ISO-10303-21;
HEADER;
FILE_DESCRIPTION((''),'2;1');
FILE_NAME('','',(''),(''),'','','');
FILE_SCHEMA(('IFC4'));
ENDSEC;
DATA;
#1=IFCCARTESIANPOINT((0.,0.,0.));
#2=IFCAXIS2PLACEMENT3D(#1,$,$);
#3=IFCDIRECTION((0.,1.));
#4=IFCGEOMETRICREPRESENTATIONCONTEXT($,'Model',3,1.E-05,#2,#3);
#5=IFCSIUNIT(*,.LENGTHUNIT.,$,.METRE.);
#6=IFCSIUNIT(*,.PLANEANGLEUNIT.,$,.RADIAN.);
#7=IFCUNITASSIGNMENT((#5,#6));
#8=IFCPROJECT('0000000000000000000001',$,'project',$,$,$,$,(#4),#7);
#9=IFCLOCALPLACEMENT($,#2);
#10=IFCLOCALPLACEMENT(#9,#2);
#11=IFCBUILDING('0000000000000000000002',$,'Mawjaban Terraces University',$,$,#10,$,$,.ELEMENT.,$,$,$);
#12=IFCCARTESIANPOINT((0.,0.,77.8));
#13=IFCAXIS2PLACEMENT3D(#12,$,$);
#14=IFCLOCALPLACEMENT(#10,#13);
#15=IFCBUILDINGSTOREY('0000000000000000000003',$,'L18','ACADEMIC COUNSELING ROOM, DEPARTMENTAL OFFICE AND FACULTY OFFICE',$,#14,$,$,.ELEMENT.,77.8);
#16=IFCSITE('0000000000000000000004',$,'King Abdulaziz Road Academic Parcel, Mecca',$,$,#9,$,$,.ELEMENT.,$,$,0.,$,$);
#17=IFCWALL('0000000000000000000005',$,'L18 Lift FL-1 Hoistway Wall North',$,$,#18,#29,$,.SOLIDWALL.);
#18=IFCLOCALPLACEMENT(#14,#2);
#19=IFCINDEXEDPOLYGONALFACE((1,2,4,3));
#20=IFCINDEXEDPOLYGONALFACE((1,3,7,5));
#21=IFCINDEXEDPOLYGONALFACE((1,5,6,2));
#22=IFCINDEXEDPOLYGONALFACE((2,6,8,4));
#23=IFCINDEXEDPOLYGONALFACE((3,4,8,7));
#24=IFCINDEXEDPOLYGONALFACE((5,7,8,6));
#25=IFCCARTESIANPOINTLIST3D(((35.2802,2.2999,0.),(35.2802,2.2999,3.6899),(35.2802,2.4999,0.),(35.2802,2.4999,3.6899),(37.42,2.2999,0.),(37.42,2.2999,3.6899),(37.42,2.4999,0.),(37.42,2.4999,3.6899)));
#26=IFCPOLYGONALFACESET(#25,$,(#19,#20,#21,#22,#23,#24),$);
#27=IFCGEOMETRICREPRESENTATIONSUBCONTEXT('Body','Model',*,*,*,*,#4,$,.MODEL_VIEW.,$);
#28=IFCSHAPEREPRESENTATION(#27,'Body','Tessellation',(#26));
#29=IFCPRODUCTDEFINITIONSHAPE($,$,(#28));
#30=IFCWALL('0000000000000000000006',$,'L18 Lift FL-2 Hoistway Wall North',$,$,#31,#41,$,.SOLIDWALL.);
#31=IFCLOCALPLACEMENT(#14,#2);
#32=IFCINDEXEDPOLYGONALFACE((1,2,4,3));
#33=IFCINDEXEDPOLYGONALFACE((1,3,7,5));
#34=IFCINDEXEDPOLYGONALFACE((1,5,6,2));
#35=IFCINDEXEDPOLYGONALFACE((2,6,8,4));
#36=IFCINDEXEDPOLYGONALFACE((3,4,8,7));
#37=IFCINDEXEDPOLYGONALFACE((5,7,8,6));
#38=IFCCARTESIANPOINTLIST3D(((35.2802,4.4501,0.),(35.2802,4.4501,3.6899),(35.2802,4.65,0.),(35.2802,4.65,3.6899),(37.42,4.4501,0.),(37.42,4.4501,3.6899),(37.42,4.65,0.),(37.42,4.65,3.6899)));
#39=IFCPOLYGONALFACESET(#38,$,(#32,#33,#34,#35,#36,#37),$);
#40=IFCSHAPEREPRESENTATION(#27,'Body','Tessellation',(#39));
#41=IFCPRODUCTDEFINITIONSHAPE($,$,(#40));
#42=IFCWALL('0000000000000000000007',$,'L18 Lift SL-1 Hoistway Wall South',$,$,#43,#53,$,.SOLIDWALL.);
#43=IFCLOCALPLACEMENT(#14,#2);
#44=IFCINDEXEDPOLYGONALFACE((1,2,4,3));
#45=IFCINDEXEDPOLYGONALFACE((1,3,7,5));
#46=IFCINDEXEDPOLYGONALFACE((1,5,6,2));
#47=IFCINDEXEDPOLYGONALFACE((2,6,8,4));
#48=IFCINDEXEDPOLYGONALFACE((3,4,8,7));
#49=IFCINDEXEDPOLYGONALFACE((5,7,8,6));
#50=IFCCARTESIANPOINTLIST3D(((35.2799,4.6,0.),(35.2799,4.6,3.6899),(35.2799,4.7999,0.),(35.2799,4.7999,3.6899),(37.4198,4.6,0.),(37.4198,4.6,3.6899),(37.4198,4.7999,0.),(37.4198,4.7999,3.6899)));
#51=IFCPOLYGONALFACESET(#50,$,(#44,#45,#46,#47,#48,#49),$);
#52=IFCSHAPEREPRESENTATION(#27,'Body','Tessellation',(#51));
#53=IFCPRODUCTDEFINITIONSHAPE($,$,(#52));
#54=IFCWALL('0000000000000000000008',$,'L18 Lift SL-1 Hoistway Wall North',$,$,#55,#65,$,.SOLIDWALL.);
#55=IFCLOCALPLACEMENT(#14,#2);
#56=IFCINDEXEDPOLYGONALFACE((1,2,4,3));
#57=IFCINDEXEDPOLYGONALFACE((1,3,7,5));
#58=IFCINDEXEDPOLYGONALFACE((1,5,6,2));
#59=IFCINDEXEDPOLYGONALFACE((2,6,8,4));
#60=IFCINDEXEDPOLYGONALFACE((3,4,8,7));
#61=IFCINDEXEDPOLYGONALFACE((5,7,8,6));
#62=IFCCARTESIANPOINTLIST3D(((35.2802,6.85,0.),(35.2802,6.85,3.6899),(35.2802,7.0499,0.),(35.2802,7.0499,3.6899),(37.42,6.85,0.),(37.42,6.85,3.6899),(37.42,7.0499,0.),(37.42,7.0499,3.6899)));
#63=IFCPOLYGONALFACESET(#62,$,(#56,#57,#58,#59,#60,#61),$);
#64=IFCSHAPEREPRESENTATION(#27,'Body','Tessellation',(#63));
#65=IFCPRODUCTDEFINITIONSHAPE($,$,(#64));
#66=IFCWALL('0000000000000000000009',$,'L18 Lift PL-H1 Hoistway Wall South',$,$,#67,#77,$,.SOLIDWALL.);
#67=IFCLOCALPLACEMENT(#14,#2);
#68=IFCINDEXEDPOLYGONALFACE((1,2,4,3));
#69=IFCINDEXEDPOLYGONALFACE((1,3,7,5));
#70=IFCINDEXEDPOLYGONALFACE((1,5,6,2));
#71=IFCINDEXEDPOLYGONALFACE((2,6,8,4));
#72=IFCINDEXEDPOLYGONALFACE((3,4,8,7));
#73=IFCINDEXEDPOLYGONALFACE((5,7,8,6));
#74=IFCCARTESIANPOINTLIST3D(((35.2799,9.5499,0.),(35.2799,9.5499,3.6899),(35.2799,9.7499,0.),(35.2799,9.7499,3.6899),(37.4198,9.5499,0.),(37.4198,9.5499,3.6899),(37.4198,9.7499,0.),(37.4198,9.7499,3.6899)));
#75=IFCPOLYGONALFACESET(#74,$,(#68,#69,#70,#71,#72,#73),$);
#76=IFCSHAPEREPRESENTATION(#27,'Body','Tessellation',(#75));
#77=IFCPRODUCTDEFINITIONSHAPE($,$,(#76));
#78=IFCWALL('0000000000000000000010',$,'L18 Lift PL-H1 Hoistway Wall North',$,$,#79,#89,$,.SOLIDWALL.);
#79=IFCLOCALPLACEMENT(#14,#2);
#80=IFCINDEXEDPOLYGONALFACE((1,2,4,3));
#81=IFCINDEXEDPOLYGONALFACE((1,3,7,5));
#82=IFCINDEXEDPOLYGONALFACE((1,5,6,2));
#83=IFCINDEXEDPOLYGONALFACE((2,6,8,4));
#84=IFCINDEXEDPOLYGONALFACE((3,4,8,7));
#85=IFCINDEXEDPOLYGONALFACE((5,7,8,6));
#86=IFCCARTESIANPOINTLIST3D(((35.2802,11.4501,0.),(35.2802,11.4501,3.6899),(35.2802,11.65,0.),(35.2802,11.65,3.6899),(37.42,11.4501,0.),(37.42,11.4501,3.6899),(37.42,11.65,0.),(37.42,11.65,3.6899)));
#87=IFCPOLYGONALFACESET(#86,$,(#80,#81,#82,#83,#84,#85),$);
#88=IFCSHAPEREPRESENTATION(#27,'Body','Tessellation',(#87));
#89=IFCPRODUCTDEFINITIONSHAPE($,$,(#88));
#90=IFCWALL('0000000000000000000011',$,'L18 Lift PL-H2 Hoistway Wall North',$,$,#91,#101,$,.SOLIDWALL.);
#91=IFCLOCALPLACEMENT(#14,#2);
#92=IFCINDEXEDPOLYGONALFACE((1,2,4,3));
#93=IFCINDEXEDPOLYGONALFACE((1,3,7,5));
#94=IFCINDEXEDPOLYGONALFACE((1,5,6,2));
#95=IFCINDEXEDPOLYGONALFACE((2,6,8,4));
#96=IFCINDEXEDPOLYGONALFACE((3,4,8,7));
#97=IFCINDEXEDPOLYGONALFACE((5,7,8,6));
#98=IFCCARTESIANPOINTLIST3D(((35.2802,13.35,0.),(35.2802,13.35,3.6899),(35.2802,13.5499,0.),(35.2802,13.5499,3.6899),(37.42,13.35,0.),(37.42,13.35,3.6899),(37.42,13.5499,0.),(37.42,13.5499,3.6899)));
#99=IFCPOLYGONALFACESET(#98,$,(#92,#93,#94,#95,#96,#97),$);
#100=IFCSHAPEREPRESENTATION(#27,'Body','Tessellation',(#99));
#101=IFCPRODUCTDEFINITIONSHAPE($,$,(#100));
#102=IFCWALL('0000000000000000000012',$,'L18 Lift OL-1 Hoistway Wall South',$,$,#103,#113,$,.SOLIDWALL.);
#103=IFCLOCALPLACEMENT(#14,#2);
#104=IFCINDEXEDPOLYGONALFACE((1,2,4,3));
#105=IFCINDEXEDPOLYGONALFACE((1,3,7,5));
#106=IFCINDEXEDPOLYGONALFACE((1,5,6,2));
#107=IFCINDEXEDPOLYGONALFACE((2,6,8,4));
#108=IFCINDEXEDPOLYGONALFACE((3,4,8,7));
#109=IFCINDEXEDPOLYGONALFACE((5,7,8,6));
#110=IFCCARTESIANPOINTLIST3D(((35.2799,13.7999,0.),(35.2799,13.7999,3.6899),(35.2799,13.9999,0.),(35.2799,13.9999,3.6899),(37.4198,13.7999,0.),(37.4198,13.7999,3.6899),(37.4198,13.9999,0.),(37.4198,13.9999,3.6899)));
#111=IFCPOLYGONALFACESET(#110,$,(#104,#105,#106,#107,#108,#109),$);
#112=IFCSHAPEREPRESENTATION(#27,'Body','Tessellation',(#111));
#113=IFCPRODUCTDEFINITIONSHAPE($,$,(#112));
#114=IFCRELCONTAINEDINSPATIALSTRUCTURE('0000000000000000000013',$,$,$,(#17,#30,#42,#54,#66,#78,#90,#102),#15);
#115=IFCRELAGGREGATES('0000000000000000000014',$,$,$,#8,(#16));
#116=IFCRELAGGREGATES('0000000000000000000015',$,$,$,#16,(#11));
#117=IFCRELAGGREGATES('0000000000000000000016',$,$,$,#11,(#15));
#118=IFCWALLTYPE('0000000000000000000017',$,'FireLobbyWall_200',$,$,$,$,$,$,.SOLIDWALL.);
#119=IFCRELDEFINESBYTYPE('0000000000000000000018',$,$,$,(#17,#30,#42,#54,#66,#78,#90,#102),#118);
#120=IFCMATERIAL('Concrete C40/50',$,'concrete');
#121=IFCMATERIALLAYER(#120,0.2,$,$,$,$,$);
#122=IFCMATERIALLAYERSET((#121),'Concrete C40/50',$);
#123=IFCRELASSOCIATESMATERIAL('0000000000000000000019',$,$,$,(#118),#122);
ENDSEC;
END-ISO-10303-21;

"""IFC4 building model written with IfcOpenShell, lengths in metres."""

from ifc_helpers import new_model, si_unit, direction, frame, frame_2d, origin, place, context, subcontext, project, spatial, rectangle, extrude, material, layer, layer_set, type_object, element, save


model = new_model("IFC4")

# Units and contexts
model_context = context("Model", 3, precision=1e-05, world=origin(), true_north=direction((0.0, 1.0)))
body_context = subcontext(model_context, "Body", "Model", "MODEL_VIEW")
ifc_project = project(units=[si_unit("LENGTHUNIT", "METRE"), si_unit("PLANEANGLEUNIT", "RADIAN")], contexts=[model_context])

# Site, building, storey
site_placement = place(None, origin())
site = spatial("IfcSite", under=ifc_project, at=site_placement, Name="King Abdulaziz Road Academic Parcel, Mecca", CompositionType="ELEMENT", RefElevation=0.0)
building_placement = place(site_placement, origin())
building = spatial("IfcBuilding", under=site, at=building_placement, Name="Mawjaban Terraces University", CompositionType="ELEMENT")
storey_placement = place(building_placement, frame((0.0, 0.0, 77.8)))
storey = spatial("IfcBuildingStorey", under=building, at=storey_placement, Name="L18", Description="ACADEMIC COUNSELING ROOM, DEPARTMENTAL OFFICE AND FACULTY OFFICE", CompositionType="ELEMENT", Elevation=77.8)

# Walls
ifc_material_1 = material(Name="Concrete C40/50", Category="concrete")
ifc_layer_1 = layer(ifc_material_1, 0.2)
ifc_layer_set_1 = layer_set([ifc_layer_1], Name="Concrete C40/50")
wall_type_1 = type_object("IfcWallType", Name="FireLobbyWall_200", PredefinedType="SOLIDWALL", material=ifc_layer_set_1)
for number, where, z_axis, x_axis, name in (
    (1, (37.4199, 2.3999, 0.0), (0.0, 0.0, 1.0), (-1.0, 0.0, 0.0), "L18 Lift FL-1 Hoistway Wall North"),
    (2, (37.4199, 4.55, 0.0), (0.0, 0.0, 1.0), (-1.0, 0.0, 0.0), "L18 Lift FL-2 Hoistway Wall North"),
    (3, (35.28, 4.7, 0.0), (0.0, 0.0, 1.0), (1.0, 0.0, 0.0), "L18 Lift SL-1 Hoistway Wall South"),
    (4, (37.4199, 6.95, 0.0), (0.0, 0.0, 1.0), (-1.0, 0.0, 0.0), "L18 Lift SL-1 Hoistway Wall North"),
    (5, (35.28, 9.6499, 0.0), (0.0, 0.0, 1.0), (1.0, 0.0, 0.0), "L18 Lift PL-H1 Hoistway Wall South"),
    (6, (37.4199, 11.55, 0.0), (0.0, 0.0, 1.0), (-1.0, 0.0, 0.0), "L18 Lift PL-H1 Hoistway Wall North"),
    (7, (37.4199, 13.45, 0.0), (0.0, 0.0, 1.0), (-1.0, 0.0, 0.0), "L18 Lift PL-H2 Hoistway Wall North"),
    (8, (35.28, 13.8999, 0.0), (0.0, 0.0, 1.0), (1.0, 0.0, 0.0), "L18 Lift OL-1 Hoistway Wall South"),
):
    element("IfcWall", number, at=place(storey_placement, frame(where, z_axis=z_axis, x_axis=x_axis)), inside=storey, type_object=wall_type_1, Name=name, PredefinedType="SOLIDWALL", context=body_context, shape_type="SweptSolid", body=[
        extrude(rectangle(XDim=2.1399, YDim=0.2, at=frame_2d((1.0698, 0.0))), origin(), (0.0, 0.0, 1.0), 3.6899),
    ])

save(model, "model.ifc")
